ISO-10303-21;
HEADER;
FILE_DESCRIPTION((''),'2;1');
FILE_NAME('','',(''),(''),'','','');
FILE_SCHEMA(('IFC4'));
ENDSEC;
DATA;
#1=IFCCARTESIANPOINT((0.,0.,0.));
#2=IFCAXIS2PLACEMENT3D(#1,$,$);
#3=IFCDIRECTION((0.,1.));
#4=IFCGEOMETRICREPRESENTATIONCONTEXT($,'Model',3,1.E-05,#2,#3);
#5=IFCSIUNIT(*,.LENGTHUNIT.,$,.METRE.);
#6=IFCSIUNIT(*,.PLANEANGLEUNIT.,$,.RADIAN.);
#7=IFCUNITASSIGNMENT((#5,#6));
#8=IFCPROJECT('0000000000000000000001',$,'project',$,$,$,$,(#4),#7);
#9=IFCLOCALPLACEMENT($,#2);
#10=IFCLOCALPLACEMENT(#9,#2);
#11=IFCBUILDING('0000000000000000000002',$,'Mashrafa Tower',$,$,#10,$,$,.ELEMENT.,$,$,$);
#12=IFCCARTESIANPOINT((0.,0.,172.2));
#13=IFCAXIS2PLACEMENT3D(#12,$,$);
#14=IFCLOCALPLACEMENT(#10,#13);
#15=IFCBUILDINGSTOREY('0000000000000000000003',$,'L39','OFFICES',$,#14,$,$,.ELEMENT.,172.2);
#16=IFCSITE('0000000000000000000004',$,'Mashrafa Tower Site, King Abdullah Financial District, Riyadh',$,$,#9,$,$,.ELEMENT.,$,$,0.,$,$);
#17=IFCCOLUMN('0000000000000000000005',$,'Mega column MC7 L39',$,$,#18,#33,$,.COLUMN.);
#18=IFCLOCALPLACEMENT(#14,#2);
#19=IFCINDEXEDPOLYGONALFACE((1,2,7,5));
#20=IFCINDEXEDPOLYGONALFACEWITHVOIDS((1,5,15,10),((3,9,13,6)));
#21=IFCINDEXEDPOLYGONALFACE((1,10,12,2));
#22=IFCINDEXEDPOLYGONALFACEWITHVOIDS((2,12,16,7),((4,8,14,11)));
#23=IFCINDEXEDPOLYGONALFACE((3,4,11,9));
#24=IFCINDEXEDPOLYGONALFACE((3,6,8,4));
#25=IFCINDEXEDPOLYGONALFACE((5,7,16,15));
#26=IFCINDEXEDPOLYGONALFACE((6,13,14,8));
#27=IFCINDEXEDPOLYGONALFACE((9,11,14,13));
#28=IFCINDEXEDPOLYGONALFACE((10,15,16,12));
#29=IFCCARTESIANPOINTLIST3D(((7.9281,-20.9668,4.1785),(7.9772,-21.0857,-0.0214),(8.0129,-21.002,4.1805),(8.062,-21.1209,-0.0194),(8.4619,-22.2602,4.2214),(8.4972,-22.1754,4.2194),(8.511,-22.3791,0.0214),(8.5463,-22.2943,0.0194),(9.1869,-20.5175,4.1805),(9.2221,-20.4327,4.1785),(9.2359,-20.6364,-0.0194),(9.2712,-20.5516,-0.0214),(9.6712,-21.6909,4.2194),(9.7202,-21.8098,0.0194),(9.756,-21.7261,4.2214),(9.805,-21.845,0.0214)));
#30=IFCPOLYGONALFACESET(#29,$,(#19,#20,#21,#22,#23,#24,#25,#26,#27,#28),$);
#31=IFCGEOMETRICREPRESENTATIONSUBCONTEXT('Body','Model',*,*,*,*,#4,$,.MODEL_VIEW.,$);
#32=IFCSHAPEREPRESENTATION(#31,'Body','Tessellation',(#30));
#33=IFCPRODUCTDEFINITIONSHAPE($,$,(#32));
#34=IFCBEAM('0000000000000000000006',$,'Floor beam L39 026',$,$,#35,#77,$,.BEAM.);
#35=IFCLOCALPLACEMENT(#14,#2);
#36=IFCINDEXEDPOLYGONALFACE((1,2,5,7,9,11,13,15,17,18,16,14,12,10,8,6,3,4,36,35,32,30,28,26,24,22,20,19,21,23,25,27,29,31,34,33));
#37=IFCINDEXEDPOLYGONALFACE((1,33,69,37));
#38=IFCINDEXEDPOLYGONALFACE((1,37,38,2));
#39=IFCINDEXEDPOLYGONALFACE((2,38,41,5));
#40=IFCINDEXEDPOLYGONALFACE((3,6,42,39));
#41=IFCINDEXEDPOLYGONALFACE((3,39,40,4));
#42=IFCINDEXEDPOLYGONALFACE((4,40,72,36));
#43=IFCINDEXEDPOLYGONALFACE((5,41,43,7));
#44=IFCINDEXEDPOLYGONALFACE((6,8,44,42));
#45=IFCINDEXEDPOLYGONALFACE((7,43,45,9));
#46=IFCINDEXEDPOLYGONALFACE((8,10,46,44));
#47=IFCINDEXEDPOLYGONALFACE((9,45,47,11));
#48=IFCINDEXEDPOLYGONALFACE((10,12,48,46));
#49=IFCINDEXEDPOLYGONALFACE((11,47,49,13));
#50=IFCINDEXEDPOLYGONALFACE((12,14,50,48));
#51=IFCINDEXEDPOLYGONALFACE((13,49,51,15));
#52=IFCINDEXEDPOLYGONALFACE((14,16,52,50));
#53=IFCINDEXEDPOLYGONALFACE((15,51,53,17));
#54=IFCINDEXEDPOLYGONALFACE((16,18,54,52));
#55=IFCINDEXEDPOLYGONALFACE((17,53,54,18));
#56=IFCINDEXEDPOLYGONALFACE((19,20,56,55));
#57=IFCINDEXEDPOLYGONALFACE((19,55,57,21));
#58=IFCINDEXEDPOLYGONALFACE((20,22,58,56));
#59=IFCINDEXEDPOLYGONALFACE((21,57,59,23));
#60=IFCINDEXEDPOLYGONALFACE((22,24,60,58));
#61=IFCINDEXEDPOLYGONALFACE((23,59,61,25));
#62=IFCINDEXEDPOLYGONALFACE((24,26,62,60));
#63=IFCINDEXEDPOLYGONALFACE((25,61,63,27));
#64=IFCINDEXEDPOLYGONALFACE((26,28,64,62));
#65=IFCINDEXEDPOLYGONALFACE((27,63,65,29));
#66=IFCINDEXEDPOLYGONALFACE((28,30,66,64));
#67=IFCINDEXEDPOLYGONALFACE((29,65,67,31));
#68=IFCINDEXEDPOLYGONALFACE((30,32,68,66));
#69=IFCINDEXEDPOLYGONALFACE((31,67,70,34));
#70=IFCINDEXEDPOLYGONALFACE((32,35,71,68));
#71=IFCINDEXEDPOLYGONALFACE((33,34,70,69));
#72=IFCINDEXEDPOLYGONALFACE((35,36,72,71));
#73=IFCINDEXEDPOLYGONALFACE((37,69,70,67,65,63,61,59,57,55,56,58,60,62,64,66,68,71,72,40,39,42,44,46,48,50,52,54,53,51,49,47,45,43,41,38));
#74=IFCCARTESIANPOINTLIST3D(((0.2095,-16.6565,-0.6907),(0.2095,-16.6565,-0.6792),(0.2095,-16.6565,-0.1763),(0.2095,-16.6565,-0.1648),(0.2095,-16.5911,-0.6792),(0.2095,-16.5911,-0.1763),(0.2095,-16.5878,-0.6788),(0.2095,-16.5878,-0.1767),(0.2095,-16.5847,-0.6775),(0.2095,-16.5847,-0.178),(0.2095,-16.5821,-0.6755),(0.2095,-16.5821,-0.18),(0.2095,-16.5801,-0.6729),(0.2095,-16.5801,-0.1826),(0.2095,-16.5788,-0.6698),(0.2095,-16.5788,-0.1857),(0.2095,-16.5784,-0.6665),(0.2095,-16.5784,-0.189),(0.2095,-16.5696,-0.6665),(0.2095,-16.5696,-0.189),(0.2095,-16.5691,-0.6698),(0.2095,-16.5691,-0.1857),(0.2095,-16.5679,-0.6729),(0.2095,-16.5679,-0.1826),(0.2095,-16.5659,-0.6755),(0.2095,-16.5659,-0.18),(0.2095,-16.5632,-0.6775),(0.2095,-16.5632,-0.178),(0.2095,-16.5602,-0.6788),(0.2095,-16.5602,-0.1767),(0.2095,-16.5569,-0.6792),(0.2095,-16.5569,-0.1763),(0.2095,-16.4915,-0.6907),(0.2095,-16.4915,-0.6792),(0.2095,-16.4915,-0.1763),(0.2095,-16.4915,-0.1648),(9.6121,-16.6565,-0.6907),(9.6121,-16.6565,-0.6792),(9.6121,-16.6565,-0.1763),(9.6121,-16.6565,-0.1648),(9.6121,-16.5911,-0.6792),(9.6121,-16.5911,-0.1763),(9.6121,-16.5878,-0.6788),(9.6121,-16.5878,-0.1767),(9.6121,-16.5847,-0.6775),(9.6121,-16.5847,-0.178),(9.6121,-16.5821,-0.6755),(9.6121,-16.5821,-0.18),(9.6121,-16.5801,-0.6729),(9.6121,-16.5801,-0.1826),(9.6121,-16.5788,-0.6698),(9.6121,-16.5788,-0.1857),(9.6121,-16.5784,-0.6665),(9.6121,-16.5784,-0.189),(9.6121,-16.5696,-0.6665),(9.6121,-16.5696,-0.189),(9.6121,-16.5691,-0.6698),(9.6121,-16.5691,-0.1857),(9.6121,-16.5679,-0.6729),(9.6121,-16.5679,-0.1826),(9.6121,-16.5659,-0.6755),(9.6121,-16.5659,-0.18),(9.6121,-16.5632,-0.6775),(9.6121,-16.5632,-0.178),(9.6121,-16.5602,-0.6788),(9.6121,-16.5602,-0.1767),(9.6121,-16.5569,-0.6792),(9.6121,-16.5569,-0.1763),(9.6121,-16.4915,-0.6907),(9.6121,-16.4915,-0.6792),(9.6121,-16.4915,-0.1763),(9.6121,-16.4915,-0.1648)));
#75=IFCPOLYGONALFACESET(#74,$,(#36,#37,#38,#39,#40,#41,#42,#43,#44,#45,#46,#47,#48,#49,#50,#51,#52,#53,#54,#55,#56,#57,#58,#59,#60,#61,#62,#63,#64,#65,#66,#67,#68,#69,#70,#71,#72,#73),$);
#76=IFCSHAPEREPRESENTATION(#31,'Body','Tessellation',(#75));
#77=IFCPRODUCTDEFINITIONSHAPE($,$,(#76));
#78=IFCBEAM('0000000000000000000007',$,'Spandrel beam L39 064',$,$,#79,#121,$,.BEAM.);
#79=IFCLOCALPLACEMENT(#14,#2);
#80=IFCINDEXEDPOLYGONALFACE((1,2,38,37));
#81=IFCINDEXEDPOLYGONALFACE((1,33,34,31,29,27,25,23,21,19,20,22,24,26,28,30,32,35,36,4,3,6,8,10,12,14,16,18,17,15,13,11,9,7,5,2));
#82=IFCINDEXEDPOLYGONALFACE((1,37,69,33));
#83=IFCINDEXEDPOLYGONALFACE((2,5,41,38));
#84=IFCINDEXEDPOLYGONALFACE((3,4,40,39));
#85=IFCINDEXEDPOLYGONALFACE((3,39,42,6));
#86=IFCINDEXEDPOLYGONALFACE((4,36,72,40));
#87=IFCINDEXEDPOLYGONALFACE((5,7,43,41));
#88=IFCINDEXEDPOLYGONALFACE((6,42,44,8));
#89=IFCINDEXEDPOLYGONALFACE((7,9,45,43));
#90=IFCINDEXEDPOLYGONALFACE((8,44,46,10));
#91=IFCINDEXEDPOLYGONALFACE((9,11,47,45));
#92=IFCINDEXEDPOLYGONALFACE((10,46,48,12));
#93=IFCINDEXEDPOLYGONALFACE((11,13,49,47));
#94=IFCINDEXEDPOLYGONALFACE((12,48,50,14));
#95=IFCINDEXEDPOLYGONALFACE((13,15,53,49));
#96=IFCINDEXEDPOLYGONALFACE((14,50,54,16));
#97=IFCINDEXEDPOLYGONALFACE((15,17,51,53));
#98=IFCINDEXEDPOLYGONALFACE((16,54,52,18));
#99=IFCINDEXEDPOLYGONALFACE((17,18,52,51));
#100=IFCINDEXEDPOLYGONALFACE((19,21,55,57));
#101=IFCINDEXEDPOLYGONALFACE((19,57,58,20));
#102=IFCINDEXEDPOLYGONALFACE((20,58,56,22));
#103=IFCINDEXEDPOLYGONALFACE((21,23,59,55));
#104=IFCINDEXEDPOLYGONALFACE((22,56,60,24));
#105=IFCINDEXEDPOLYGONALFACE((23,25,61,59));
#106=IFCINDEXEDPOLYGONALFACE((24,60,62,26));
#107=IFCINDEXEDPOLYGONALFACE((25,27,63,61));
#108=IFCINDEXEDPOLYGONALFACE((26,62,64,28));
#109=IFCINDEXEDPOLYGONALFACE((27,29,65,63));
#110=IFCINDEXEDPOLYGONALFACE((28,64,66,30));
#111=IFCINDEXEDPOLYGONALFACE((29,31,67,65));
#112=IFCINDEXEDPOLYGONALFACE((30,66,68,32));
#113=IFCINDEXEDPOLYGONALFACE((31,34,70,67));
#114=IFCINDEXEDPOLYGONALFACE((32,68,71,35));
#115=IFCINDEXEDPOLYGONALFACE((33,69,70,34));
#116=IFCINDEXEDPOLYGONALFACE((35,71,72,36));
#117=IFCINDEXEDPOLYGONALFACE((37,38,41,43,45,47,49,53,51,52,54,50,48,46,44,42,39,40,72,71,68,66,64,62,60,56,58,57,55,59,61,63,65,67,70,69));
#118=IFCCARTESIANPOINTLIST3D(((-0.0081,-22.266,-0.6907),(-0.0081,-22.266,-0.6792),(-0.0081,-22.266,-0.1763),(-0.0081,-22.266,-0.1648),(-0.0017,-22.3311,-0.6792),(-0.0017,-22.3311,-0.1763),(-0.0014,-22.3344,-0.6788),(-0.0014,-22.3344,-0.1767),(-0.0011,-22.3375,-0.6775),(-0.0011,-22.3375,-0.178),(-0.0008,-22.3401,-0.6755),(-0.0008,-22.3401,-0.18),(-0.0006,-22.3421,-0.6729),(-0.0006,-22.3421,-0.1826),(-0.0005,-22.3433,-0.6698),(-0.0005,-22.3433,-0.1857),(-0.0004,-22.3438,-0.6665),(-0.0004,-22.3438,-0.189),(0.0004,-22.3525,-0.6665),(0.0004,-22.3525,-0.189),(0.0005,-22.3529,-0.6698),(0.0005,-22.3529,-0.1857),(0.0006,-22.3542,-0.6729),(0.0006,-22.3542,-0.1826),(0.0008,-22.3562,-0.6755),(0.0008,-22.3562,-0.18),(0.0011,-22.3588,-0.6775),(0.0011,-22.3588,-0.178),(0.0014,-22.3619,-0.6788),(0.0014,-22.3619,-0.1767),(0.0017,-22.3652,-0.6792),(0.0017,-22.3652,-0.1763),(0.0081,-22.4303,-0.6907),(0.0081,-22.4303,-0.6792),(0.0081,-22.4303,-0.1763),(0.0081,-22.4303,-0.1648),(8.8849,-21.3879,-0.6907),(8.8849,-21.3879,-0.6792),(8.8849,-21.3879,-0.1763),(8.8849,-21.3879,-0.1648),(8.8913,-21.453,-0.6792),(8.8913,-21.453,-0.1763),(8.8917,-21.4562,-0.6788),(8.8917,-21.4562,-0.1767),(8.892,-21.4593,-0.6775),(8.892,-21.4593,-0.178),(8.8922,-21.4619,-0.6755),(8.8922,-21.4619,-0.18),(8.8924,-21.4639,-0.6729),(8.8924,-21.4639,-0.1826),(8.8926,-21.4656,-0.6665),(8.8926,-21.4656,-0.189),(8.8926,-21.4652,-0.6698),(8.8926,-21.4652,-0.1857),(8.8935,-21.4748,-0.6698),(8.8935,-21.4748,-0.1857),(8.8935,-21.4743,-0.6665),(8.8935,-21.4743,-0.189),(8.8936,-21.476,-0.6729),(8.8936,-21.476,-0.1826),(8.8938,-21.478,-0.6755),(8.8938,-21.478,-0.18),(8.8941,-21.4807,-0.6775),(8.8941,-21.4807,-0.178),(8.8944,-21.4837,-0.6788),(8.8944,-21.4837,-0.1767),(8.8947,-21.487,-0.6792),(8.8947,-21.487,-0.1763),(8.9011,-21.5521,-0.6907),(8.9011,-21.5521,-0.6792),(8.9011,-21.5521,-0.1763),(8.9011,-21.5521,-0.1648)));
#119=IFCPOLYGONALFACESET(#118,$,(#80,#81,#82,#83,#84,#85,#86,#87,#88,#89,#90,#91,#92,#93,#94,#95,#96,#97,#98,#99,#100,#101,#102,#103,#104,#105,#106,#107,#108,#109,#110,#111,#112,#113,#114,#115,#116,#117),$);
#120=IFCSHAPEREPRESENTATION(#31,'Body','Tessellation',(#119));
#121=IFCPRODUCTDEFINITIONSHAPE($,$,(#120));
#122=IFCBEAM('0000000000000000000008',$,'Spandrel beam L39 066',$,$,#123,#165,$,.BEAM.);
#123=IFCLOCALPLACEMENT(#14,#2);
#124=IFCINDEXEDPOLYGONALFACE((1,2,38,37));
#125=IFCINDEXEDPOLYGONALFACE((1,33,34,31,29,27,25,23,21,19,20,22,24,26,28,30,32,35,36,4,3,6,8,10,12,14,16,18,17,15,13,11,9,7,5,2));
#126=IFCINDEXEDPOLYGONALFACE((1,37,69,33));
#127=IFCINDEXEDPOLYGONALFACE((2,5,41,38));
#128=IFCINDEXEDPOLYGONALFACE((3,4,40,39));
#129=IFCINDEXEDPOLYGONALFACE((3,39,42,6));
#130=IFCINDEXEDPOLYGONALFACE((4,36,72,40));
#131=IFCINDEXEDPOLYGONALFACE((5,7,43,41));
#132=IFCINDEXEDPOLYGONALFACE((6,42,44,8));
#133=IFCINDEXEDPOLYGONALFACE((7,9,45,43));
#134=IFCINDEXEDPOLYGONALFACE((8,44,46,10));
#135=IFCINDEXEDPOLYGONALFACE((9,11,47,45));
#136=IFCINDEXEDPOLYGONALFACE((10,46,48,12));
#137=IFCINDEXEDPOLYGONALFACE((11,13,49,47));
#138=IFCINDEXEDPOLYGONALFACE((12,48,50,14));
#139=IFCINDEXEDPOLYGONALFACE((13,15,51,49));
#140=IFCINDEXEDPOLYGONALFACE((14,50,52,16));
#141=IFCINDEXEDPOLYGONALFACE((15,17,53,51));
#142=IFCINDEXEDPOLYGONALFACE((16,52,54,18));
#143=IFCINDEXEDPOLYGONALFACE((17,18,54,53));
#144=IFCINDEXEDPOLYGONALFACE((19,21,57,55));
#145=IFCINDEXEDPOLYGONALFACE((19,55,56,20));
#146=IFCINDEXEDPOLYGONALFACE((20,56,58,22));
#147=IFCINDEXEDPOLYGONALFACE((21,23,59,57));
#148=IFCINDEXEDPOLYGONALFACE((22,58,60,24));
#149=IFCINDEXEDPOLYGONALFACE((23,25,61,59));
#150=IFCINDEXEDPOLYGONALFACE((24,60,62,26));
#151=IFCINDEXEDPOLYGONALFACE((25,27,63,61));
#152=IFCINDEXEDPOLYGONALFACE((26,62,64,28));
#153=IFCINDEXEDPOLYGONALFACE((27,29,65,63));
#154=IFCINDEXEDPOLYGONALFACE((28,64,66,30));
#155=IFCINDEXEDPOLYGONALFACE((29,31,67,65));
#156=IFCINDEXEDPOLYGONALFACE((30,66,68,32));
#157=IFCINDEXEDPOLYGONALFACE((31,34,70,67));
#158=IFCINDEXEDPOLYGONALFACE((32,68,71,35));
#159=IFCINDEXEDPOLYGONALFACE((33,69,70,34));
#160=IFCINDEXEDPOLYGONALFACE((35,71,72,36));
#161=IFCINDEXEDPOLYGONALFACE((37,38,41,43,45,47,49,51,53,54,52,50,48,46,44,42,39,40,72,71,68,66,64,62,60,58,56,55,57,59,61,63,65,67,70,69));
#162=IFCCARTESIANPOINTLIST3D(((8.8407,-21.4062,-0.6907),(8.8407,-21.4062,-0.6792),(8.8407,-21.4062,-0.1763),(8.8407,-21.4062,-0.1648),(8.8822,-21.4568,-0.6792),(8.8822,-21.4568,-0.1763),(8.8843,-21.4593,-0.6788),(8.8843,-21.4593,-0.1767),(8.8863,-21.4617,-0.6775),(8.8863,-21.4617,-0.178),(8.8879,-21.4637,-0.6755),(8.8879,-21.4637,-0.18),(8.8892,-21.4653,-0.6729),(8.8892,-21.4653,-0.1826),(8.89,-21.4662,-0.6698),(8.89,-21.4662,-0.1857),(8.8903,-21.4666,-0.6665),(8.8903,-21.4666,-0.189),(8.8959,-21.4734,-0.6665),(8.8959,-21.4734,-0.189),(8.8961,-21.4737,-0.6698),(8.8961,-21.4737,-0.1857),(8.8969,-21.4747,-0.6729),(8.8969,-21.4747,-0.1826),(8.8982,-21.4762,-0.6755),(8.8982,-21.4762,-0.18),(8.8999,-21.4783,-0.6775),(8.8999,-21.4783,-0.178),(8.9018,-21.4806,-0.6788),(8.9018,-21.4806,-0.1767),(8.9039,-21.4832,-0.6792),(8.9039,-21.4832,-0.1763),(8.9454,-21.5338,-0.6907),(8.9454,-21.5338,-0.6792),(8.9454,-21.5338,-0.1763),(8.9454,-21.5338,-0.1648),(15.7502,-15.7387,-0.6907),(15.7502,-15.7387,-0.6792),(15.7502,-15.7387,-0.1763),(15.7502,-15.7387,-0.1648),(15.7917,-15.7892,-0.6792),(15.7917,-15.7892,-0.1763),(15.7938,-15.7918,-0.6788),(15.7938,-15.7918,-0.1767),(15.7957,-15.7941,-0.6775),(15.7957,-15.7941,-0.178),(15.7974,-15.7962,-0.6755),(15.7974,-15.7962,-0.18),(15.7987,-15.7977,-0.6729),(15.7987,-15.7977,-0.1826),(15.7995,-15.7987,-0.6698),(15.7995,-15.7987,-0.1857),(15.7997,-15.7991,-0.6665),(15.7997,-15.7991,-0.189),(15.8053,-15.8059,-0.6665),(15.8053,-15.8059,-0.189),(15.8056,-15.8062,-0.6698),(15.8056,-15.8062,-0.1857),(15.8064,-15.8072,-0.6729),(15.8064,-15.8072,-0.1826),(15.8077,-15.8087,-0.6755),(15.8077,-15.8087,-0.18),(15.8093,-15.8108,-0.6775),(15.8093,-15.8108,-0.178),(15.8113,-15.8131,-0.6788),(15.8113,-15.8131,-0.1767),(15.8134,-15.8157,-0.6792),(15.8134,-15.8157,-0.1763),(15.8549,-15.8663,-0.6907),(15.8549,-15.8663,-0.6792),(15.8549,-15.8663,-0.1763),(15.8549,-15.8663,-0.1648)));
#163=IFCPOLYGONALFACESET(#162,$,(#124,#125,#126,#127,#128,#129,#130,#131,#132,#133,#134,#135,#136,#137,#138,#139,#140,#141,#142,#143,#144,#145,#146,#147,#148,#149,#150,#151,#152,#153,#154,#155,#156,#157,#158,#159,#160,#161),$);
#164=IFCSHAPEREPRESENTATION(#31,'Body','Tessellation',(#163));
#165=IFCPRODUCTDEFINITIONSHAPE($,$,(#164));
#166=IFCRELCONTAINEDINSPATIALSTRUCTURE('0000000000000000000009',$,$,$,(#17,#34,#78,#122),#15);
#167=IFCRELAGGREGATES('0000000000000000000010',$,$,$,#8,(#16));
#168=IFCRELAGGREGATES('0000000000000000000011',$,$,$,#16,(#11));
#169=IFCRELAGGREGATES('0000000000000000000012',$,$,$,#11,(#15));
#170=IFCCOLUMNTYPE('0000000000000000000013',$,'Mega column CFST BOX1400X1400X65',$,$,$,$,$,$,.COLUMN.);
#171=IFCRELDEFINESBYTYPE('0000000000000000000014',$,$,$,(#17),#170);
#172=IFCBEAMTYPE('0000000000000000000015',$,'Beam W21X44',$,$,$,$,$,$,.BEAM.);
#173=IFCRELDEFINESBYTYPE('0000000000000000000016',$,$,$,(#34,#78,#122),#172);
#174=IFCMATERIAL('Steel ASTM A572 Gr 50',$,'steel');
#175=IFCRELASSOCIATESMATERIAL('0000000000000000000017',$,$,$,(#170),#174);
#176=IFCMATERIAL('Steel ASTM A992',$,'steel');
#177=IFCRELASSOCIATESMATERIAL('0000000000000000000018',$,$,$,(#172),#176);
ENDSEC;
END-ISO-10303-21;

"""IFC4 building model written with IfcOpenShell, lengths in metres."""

from ifc_helpers import new_model, si_unit, direction, frame, origin, origin_2d, place, context, subcontext, project, spatial, hollow_rectangle, i_section, extrude, material, material_profile, profile_set, type_object, element, save


model = new_model("IFC4")

# Units and contexts
model_context = context("Model", 3, precision=1e-05, world=origin(), true_north=direction((0.0, 1.0)))
body_context = subcontext(model_context, "Body", "Model", "MODEL_VIEW")
ifc_project = project(units=[si_unit("LENGTHUNIT", "METRE"), si_unit("PLANEANGLEUNIT", "RADIAN")], contexts=[model_context])

# Site, building, storey
site_placement = place(None, origin())
site = spatial("IfcSite", under=ifc_project, at=site_placement, Name="Mashrafa Tower Site, King Abdullah Financial District, Riyadh", CompositionType="ELEMENT", RefElevation=0.0)
building_placement = place(site_placement, origin())
building = spatial("IfcBuilding", under=site, at=building_placement, Name="Mashrafa Tower", CompositionType="ELEMENT")
storey_placement = place(building_placement, frame((0.0, 0.0, 172.2)))
storey = spatial("IfcBuildingStorey", under=building, at=storey_placement, Name="L39", Description="OFFICES", CompositionType="ELEMENT", Elevation=172.2)

# Column
ifc_material_1 = material(Name="Steel ASTM A572 Gr 50", Category="steel")
ifc_material_profile_1 = material_profile(ifc_material_1, hollow_rectangle(XDim=1.3999, YDim=1.3999, WallThickness=0.0649, at=origin_2d()), Name="BOX1400X1400X65")
ifc_profile_set_1 = profile_set([ifc_material_profile_1], Name="Steel ASTM A572 Gr 50")
column_type = type_object("IfcColumnType", Name="Mega column CFST BOX1400X1400X65", PredefinedType="COLUMN", material=ifc_profile_set_1)
column_placement = place(storey_placement, frame((8.8911, -21.4653, 0.0), z_axis=(-0.011679, 0.028296, 0.999531), x_axis=(-0.924363, -0.381513, 0.0)))
element("IfcColumn", 1, at=column_placement, inside=storey, type_object=column_type, Name="Mega column MC7 L39", PredefinedType="COLUMN", context=body_context, shape_type="SweptSolid", body=[
    extrude(hollow_rectangle(XDim=1.3999, YDim=1.3999, WallThickness=0.0649, at=origin_2d()), origin(), (0.0, 0.0, 1.0), 4.2019),
])

# Beams
ifc_material_2 = material(Name="Steel ASTM A992", Category="steel")
ifc_material_profile_2 = material_profile(ifc_material_2, i_section(OverallWidth=0.165, OverallDepth=0.5259, WebThickness=0.0088, FlangeThickness=0.0115, FilletRadius=0.0127, at=origin_2d()), Name="W21X44")
ifc_profile_set_2 = profile_set([ifc_material_profile_2], Name="Steel ASTM A992")
beam_type_1 = type_object("IfcBeamType", Name="Beam W21X44", PredefinedType="BEAM", material=ifc_profile_set_2)
beam_1_placement = place(storey_placement, frame((9.6121, -16.574, -0.4277), z_axis=(-1.0, 0.0, 0.0), x_axis=(0.0, -1.0, 0.0)))
element("IfcBeam", 2, at=beam_1_placement, inside=storey, type_object=beam_type_1, Name="Floor beam L39 026", PredefinedType="BEAM", context=body_context, shape_type="SweptSolid", body=[
    extrude(i_section(OverallWidth=0.165, OverallDepth=0.5259, WebThickness=0.0088, FlangeThickness=0.0115, FilletRadius=0.0127, at=origin_2d()), origin(), (0.0, 0.0, 1.0), 9.4026),
])
beam_2_placement = place(storey_placement, frame((0.0, -22.3481, -0.4277), z_axis=(0.99516, 0.09827, 0.0), x_axis=(-0.09827, 0.99516, 0.0)))
element("IfcBeam", 3, at=beam_2_placement, inside=storey, type_object=beam_type_1, Name="Spandrel beam L39 064", PredefinedType="BEAM", context=body_context, shape_type="SweptSolid", body=[
    extrude(i_section(OverallWidth=0.165, OverallDepth=0.5259, WebThickness=0.0088, FlangeThickness=0.0115, FilletRadius=0.0127, at=origin_2d()), origin(), (0.0, 0.0, 1.0), 8.9363),
])
beam_3_placement = place(storey_placement, frame((8.8931, -21.47, -0.4277), z_axis=(0.773172, 0.634197, 0.0), x_axis=(-0.634197, 0.773172, 0.0)))
element("IfcBeam", 4, at=beam_3_placement, inside=storey, type_object=beam_type_1, Name="Spandrel beam L39 066", PredefinedType="BEAM", context=body_context, shape_type="SweptSolid", body=[
    extrude(i_section(OverallWidth=0.165, OverallDepth=0.5259, WebThickness=0.0088, FlangeThickness=0.0115, FilletRadius=0.0127, at=origin_2d()), origin(), (0.0, 0.0, 1.0), 8.9365),
])

save(model, "model.ifc")
